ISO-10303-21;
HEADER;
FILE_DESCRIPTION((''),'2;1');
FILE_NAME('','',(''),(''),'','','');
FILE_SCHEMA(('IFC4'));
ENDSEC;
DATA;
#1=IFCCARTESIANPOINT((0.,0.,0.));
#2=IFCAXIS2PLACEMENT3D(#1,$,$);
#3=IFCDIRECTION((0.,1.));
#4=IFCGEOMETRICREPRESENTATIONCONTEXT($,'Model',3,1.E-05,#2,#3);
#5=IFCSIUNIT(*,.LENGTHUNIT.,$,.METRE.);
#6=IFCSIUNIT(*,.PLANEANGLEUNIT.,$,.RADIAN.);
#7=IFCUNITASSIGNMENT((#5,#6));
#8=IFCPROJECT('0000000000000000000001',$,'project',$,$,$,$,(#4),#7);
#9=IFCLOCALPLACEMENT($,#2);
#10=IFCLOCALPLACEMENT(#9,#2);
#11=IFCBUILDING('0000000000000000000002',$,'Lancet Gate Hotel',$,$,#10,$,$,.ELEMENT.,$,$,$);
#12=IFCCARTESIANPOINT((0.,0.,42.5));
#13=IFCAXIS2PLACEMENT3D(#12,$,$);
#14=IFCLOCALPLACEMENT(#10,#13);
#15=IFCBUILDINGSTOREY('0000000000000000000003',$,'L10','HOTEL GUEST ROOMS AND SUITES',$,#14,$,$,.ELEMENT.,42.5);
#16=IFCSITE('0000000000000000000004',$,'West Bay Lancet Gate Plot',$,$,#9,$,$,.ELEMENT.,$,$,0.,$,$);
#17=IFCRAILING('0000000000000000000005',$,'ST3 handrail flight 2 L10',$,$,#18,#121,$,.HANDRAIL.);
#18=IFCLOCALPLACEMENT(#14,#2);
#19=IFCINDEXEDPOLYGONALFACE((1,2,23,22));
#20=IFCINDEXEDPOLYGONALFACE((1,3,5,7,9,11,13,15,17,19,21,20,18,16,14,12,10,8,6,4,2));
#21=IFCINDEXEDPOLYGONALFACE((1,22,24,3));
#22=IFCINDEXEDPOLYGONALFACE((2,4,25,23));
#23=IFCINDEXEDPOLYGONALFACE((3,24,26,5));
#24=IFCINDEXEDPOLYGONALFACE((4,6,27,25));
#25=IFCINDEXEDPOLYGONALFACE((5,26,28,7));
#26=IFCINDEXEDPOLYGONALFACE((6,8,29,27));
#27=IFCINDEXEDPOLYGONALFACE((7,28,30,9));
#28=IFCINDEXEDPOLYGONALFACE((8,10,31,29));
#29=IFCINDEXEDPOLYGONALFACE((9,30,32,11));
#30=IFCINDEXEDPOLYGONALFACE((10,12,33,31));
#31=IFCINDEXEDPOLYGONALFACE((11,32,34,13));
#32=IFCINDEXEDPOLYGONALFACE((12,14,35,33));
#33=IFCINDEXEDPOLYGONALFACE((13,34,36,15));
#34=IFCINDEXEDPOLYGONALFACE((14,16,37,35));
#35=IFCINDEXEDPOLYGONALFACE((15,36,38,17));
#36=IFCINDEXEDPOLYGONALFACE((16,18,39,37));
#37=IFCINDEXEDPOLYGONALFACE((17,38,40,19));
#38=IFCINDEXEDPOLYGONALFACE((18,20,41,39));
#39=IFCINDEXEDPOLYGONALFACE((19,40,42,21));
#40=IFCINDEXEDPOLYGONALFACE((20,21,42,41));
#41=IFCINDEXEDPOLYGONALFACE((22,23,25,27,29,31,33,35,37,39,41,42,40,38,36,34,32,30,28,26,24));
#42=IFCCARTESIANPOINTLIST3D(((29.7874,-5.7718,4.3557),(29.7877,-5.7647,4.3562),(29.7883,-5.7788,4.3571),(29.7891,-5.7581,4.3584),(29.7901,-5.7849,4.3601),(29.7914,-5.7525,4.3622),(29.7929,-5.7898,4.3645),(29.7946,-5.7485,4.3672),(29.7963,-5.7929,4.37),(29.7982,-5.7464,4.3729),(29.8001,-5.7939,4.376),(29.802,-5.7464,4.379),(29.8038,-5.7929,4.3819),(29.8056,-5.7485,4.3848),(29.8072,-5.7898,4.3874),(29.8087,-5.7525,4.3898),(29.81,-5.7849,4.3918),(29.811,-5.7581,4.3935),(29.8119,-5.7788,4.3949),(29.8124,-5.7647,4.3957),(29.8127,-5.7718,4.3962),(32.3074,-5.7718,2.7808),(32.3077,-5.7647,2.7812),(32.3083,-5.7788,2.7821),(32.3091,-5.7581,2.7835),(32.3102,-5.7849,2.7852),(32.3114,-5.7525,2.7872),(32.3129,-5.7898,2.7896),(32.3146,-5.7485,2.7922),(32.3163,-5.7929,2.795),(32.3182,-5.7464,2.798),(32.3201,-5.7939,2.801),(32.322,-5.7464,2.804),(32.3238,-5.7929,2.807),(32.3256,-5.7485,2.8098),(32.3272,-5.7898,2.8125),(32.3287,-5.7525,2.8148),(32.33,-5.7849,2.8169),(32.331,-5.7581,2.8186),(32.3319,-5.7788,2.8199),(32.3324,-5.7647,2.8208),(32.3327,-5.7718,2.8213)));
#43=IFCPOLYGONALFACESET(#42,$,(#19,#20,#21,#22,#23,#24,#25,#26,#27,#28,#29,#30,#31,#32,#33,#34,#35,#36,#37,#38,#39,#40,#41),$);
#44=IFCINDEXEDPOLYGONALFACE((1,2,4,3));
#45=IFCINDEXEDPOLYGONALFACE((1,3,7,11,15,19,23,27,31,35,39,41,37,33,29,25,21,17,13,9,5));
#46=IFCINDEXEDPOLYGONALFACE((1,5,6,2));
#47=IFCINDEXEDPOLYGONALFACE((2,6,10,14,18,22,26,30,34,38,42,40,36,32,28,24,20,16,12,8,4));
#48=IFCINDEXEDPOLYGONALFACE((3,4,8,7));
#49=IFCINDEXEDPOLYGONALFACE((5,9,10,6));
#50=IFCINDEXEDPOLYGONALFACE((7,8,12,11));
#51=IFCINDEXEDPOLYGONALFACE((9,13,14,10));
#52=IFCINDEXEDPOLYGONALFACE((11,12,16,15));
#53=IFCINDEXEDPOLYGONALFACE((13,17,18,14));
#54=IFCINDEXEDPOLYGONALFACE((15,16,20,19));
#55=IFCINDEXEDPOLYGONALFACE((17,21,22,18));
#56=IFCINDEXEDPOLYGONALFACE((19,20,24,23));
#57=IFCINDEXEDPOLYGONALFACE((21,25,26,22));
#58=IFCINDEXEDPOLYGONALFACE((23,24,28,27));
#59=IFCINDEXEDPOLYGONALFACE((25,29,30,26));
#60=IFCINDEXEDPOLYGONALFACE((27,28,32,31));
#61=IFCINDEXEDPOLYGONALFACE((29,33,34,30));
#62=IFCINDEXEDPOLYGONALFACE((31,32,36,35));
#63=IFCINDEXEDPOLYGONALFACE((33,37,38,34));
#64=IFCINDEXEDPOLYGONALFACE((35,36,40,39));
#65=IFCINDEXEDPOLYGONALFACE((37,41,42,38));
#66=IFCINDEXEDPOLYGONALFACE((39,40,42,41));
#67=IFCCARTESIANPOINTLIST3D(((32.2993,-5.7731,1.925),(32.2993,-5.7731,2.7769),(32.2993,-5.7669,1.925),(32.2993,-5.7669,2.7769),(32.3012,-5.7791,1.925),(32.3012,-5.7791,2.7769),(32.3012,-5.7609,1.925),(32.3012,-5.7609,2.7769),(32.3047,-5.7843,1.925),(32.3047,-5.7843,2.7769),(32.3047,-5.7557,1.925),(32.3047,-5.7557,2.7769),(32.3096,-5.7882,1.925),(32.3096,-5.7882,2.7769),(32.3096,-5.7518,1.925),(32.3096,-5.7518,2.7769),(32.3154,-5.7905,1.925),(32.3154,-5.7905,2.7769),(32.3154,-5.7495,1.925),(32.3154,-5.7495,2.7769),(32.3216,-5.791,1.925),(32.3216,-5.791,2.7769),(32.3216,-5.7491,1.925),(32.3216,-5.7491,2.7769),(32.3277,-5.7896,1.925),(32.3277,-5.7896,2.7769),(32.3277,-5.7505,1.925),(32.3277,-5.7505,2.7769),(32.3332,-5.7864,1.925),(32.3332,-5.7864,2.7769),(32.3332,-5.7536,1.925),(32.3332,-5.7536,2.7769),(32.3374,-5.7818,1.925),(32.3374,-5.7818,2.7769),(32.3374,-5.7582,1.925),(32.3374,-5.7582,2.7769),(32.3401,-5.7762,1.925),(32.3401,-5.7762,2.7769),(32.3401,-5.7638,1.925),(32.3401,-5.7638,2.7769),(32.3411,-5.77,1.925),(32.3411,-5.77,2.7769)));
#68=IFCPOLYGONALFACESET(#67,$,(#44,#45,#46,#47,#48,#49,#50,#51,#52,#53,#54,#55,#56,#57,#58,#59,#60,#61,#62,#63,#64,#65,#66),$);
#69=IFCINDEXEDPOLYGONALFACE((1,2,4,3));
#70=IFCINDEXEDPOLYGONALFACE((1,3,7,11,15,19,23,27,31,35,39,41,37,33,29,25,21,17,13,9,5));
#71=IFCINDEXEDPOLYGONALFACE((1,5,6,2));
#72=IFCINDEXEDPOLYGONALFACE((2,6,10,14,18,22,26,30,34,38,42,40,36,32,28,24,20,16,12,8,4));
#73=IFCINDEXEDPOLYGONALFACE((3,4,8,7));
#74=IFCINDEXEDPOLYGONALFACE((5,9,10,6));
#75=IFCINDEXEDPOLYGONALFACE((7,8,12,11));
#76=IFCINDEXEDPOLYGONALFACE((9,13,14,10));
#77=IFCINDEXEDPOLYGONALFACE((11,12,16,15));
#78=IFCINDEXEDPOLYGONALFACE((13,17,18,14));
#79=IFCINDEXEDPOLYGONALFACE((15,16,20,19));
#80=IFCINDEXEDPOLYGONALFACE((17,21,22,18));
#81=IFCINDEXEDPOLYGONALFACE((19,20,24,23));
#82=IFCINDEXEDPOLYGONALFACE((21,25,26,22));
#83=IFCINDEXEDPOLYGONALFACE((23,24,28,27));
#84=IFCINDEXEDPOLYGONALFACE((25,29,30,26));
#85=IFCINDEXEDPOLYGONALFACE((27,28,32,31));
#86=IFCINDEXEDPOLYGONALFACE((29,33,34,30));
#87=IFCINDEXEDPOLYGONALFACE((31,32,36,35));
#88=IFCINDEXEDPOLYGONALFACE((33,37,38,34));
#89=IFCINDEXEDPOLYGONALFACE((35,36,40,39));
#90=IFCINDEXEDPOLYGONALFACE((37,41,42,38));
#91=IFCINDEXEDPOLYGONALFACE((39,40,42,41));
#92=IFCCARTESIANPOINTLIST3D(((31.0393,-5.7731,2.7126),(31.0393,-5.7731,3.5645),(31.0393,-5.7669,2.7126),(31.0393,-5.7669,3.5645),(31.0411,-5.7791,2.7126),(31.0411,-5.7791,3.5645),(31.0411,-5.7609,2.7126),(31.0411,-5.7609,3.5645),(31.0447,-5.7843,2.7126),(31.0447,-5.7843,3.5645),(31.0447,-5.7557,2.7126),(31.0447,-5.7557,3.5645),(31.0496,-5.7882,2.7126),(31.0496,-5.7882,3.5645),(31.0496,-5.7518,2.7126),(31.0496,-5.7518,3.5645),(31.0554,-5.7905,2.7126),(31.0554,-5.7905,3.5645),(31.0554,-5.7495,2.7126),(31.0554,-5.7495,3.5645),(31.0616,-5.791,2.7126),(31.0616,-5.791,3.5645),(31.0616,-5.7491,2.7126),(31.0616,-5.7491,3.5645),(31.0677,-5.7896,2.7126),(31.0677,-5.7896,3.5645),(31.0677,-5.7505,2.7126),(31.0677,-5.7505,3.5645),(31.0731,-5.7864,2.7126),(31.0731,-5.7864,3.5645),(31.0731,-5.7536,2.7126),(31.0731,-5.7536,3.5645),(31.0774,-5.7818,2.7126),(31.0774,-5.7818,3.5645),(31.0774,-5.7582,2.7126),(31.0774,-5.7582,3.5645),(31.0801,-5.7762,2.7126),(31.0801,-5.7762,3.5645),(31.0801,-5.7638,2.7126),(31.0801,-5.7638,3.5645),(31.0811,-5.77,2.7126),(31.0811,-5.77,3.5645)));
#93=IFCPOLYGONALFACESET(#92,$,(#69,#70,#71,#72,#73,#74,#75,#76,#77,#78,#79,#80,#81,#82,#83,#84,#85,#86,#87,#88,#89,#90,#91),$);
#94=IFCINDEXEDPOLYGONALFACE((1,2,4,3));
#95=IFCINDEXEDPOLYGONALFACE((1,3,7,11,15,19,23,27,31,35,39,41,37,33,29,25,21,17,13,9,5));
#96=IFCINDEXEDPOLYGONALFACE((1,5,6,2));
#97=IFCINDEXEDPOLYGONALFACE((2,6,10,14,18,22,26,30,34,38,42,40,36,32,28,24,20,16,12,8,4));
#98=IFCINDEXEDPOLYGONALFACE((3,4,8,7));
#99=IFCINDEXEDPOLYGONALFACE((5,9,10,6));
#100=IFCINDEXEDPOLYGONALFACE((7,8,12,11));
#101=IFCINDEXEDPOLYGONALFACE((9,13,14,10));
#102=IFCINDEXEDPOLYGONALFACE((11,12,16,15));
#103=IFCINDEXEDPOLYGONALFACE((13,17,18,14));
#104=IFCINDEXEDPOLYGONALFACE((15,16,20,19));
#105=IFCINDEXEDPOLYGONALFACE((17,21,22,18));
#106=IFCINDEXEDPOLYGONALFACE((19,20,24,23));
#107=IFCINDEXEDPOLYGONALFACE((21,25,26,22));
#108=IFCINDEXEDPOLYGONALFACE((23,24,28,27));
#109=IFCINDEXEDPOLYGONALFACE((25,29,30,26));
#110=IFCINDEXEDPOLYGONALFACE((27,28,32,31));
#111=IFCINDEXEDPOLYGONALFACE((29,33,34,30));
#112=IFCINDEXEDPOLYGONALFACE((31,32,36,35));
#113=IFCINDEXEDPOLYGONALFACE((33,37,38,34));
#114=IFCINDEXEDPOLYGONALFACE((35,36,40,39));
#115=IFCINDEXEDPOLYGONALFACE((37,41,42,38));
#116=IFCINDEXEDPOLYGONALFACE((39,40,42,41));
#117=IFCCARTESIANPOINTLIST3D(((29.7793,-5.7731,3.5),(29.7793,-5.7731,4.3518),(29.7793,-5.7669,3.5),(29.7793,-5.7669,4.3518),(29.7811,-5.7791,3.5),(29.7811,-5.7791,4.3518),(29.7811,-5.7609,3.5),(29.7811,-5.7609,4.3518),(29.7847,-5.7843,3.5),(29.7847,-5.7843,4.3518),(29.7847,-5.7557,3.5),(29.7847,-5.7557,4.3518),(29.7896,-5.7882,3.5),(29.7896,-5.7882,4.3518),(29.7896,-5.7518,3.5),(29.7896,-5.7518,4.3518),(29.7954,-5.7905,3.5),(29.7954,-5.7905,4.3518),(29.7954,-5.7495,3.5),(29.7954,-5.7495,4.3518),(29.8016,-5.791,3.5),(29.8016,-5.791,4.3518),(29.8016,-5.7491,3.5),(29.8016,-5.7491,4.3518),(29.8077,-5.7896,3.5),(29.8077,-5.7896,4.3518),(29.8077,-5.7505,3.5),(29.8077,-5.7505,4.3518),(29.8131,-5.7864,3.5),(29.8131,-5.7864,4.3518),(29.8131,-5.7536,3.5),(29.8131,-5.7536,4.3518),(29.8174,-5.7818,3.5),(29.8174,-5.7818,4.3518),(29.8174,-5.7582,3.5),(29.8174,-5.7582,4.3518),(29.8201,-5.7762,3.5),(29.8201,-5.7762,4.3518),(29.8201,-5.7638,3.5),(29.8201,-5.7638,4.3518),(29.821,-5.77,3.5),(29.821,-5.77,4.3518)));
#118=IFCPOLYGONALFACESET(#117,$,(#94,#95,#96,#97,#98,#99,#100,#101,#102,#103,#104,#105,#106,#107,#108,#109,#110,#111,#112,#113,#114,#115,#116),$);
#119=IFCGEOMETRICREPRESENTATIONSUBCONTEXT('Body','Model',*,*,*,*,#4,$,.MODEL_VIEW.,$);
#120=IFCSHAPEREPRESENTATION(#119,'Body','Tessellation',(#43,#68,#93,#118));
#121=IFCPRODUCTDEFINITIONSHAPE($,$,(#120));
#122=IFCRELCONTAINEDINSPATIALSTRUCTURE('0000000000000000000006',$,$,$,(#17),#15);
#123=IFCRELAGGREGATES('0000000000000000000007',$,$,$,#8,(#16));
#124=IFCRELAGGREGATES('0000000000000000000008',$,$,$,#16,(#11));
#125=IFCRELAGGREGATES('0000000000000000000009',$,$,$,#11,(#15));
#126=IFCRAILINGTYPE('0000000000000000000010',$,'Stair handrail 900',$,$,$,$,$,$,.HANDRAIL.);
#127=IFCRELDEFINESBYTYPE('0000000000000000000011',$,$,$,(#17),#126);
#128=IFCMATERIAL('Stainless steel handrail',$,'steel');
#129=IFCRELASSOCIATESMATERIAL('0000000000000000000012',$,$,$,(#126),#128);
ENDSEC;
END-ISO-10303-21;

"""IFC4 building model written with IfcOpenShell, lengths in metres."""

from ifc_helpers import new_model, si_unit, direction, frame, origin, origin_2d, place, context, subcontext, project, spatial, circle, extrude, material, type_object, element, save


model = new_model("IFC4")

# Units and contexts
model_context = context("Model", 3, precision=1e-05, world=origin(), true_north=direction((0.0, 1.0)))
body_context = subcontext(model_context, "Body", "Model", "MODEL_VIEW")
ifc_project = project(units=[si_unit("LENGTHUNIT", "METRE"), si_unit("PLANEANGLEUNIT", "RADIAN")], contexts=[model_context])

# Site, building, storey
site_placement = place(None, origin())
site = spatial("IfcSite", under=ifc_project, at=site_placement, Name="West Bay Lancet Gate Plot", CompositionType="ELEMENT", RefElevation=0.0)
building_placement = place(site_placement, origin())
building = spatial("IfcBuilding", under=site, at=building_placement, Name="Lancet Gate Hotel", CompositionType="ELEMENT")
storey_placement = place(building_placement, frame((0.0, 0.0, 42.5)))
storey = spatial("IfcBuildingStorey", under=building, at=storey_placement, Name="L10", Description="HOTEL GUEST ROOMS AND SUITES", CompositionType="ELEMENT", Elevation=42.5)

# Railing
ifc_material_1 = material(Name="Stainless steel handrail", Category="steel")
railing_type = type_object("IfcRailingType", Name="Stair handrail 900", PredefinedType="HANDRAIL", material=ifc_material_1)
railing_1_placement = place(storey_placement, frame((32.3201, -5.77, 1.925)))
element("IfcRailing", 1, at=railing_1_placement, inside=storey, type_object=railing_type, Name="ST3 handrail flight 2 L10", PredefinedType="HANDRAIL", context=body_context, shape_type="SweptSolid", body=[
    extrude(circle(Radius=0.0239, at=origin_2d()), frame((0.0, 0.0, 0.876), z_axis=(-0.848008, 0.0, 0.529984), x_axis=(0.0, -1.0, 0.0)), (0.0, 0.0, 1.0), 2.9717),
    extrude(circle(Radius=0.021, at=origin_2d()), origin(), (0.0, 0.0, 1.0), 0.8518),
    extrude(circle(Radius=0.021, at=origin_2d()), frame((-1.26, 0.0, 0.7876)), (0.0, 0.0, 1.0), 0.8518),
    extrude(circle(Radius=0.021, at=origin_2d()), frame((-2.52, 0.0, 1.575)), (0.0, 0.0, 1.0), 0.8518),
])

save(model, "model.ifc")
